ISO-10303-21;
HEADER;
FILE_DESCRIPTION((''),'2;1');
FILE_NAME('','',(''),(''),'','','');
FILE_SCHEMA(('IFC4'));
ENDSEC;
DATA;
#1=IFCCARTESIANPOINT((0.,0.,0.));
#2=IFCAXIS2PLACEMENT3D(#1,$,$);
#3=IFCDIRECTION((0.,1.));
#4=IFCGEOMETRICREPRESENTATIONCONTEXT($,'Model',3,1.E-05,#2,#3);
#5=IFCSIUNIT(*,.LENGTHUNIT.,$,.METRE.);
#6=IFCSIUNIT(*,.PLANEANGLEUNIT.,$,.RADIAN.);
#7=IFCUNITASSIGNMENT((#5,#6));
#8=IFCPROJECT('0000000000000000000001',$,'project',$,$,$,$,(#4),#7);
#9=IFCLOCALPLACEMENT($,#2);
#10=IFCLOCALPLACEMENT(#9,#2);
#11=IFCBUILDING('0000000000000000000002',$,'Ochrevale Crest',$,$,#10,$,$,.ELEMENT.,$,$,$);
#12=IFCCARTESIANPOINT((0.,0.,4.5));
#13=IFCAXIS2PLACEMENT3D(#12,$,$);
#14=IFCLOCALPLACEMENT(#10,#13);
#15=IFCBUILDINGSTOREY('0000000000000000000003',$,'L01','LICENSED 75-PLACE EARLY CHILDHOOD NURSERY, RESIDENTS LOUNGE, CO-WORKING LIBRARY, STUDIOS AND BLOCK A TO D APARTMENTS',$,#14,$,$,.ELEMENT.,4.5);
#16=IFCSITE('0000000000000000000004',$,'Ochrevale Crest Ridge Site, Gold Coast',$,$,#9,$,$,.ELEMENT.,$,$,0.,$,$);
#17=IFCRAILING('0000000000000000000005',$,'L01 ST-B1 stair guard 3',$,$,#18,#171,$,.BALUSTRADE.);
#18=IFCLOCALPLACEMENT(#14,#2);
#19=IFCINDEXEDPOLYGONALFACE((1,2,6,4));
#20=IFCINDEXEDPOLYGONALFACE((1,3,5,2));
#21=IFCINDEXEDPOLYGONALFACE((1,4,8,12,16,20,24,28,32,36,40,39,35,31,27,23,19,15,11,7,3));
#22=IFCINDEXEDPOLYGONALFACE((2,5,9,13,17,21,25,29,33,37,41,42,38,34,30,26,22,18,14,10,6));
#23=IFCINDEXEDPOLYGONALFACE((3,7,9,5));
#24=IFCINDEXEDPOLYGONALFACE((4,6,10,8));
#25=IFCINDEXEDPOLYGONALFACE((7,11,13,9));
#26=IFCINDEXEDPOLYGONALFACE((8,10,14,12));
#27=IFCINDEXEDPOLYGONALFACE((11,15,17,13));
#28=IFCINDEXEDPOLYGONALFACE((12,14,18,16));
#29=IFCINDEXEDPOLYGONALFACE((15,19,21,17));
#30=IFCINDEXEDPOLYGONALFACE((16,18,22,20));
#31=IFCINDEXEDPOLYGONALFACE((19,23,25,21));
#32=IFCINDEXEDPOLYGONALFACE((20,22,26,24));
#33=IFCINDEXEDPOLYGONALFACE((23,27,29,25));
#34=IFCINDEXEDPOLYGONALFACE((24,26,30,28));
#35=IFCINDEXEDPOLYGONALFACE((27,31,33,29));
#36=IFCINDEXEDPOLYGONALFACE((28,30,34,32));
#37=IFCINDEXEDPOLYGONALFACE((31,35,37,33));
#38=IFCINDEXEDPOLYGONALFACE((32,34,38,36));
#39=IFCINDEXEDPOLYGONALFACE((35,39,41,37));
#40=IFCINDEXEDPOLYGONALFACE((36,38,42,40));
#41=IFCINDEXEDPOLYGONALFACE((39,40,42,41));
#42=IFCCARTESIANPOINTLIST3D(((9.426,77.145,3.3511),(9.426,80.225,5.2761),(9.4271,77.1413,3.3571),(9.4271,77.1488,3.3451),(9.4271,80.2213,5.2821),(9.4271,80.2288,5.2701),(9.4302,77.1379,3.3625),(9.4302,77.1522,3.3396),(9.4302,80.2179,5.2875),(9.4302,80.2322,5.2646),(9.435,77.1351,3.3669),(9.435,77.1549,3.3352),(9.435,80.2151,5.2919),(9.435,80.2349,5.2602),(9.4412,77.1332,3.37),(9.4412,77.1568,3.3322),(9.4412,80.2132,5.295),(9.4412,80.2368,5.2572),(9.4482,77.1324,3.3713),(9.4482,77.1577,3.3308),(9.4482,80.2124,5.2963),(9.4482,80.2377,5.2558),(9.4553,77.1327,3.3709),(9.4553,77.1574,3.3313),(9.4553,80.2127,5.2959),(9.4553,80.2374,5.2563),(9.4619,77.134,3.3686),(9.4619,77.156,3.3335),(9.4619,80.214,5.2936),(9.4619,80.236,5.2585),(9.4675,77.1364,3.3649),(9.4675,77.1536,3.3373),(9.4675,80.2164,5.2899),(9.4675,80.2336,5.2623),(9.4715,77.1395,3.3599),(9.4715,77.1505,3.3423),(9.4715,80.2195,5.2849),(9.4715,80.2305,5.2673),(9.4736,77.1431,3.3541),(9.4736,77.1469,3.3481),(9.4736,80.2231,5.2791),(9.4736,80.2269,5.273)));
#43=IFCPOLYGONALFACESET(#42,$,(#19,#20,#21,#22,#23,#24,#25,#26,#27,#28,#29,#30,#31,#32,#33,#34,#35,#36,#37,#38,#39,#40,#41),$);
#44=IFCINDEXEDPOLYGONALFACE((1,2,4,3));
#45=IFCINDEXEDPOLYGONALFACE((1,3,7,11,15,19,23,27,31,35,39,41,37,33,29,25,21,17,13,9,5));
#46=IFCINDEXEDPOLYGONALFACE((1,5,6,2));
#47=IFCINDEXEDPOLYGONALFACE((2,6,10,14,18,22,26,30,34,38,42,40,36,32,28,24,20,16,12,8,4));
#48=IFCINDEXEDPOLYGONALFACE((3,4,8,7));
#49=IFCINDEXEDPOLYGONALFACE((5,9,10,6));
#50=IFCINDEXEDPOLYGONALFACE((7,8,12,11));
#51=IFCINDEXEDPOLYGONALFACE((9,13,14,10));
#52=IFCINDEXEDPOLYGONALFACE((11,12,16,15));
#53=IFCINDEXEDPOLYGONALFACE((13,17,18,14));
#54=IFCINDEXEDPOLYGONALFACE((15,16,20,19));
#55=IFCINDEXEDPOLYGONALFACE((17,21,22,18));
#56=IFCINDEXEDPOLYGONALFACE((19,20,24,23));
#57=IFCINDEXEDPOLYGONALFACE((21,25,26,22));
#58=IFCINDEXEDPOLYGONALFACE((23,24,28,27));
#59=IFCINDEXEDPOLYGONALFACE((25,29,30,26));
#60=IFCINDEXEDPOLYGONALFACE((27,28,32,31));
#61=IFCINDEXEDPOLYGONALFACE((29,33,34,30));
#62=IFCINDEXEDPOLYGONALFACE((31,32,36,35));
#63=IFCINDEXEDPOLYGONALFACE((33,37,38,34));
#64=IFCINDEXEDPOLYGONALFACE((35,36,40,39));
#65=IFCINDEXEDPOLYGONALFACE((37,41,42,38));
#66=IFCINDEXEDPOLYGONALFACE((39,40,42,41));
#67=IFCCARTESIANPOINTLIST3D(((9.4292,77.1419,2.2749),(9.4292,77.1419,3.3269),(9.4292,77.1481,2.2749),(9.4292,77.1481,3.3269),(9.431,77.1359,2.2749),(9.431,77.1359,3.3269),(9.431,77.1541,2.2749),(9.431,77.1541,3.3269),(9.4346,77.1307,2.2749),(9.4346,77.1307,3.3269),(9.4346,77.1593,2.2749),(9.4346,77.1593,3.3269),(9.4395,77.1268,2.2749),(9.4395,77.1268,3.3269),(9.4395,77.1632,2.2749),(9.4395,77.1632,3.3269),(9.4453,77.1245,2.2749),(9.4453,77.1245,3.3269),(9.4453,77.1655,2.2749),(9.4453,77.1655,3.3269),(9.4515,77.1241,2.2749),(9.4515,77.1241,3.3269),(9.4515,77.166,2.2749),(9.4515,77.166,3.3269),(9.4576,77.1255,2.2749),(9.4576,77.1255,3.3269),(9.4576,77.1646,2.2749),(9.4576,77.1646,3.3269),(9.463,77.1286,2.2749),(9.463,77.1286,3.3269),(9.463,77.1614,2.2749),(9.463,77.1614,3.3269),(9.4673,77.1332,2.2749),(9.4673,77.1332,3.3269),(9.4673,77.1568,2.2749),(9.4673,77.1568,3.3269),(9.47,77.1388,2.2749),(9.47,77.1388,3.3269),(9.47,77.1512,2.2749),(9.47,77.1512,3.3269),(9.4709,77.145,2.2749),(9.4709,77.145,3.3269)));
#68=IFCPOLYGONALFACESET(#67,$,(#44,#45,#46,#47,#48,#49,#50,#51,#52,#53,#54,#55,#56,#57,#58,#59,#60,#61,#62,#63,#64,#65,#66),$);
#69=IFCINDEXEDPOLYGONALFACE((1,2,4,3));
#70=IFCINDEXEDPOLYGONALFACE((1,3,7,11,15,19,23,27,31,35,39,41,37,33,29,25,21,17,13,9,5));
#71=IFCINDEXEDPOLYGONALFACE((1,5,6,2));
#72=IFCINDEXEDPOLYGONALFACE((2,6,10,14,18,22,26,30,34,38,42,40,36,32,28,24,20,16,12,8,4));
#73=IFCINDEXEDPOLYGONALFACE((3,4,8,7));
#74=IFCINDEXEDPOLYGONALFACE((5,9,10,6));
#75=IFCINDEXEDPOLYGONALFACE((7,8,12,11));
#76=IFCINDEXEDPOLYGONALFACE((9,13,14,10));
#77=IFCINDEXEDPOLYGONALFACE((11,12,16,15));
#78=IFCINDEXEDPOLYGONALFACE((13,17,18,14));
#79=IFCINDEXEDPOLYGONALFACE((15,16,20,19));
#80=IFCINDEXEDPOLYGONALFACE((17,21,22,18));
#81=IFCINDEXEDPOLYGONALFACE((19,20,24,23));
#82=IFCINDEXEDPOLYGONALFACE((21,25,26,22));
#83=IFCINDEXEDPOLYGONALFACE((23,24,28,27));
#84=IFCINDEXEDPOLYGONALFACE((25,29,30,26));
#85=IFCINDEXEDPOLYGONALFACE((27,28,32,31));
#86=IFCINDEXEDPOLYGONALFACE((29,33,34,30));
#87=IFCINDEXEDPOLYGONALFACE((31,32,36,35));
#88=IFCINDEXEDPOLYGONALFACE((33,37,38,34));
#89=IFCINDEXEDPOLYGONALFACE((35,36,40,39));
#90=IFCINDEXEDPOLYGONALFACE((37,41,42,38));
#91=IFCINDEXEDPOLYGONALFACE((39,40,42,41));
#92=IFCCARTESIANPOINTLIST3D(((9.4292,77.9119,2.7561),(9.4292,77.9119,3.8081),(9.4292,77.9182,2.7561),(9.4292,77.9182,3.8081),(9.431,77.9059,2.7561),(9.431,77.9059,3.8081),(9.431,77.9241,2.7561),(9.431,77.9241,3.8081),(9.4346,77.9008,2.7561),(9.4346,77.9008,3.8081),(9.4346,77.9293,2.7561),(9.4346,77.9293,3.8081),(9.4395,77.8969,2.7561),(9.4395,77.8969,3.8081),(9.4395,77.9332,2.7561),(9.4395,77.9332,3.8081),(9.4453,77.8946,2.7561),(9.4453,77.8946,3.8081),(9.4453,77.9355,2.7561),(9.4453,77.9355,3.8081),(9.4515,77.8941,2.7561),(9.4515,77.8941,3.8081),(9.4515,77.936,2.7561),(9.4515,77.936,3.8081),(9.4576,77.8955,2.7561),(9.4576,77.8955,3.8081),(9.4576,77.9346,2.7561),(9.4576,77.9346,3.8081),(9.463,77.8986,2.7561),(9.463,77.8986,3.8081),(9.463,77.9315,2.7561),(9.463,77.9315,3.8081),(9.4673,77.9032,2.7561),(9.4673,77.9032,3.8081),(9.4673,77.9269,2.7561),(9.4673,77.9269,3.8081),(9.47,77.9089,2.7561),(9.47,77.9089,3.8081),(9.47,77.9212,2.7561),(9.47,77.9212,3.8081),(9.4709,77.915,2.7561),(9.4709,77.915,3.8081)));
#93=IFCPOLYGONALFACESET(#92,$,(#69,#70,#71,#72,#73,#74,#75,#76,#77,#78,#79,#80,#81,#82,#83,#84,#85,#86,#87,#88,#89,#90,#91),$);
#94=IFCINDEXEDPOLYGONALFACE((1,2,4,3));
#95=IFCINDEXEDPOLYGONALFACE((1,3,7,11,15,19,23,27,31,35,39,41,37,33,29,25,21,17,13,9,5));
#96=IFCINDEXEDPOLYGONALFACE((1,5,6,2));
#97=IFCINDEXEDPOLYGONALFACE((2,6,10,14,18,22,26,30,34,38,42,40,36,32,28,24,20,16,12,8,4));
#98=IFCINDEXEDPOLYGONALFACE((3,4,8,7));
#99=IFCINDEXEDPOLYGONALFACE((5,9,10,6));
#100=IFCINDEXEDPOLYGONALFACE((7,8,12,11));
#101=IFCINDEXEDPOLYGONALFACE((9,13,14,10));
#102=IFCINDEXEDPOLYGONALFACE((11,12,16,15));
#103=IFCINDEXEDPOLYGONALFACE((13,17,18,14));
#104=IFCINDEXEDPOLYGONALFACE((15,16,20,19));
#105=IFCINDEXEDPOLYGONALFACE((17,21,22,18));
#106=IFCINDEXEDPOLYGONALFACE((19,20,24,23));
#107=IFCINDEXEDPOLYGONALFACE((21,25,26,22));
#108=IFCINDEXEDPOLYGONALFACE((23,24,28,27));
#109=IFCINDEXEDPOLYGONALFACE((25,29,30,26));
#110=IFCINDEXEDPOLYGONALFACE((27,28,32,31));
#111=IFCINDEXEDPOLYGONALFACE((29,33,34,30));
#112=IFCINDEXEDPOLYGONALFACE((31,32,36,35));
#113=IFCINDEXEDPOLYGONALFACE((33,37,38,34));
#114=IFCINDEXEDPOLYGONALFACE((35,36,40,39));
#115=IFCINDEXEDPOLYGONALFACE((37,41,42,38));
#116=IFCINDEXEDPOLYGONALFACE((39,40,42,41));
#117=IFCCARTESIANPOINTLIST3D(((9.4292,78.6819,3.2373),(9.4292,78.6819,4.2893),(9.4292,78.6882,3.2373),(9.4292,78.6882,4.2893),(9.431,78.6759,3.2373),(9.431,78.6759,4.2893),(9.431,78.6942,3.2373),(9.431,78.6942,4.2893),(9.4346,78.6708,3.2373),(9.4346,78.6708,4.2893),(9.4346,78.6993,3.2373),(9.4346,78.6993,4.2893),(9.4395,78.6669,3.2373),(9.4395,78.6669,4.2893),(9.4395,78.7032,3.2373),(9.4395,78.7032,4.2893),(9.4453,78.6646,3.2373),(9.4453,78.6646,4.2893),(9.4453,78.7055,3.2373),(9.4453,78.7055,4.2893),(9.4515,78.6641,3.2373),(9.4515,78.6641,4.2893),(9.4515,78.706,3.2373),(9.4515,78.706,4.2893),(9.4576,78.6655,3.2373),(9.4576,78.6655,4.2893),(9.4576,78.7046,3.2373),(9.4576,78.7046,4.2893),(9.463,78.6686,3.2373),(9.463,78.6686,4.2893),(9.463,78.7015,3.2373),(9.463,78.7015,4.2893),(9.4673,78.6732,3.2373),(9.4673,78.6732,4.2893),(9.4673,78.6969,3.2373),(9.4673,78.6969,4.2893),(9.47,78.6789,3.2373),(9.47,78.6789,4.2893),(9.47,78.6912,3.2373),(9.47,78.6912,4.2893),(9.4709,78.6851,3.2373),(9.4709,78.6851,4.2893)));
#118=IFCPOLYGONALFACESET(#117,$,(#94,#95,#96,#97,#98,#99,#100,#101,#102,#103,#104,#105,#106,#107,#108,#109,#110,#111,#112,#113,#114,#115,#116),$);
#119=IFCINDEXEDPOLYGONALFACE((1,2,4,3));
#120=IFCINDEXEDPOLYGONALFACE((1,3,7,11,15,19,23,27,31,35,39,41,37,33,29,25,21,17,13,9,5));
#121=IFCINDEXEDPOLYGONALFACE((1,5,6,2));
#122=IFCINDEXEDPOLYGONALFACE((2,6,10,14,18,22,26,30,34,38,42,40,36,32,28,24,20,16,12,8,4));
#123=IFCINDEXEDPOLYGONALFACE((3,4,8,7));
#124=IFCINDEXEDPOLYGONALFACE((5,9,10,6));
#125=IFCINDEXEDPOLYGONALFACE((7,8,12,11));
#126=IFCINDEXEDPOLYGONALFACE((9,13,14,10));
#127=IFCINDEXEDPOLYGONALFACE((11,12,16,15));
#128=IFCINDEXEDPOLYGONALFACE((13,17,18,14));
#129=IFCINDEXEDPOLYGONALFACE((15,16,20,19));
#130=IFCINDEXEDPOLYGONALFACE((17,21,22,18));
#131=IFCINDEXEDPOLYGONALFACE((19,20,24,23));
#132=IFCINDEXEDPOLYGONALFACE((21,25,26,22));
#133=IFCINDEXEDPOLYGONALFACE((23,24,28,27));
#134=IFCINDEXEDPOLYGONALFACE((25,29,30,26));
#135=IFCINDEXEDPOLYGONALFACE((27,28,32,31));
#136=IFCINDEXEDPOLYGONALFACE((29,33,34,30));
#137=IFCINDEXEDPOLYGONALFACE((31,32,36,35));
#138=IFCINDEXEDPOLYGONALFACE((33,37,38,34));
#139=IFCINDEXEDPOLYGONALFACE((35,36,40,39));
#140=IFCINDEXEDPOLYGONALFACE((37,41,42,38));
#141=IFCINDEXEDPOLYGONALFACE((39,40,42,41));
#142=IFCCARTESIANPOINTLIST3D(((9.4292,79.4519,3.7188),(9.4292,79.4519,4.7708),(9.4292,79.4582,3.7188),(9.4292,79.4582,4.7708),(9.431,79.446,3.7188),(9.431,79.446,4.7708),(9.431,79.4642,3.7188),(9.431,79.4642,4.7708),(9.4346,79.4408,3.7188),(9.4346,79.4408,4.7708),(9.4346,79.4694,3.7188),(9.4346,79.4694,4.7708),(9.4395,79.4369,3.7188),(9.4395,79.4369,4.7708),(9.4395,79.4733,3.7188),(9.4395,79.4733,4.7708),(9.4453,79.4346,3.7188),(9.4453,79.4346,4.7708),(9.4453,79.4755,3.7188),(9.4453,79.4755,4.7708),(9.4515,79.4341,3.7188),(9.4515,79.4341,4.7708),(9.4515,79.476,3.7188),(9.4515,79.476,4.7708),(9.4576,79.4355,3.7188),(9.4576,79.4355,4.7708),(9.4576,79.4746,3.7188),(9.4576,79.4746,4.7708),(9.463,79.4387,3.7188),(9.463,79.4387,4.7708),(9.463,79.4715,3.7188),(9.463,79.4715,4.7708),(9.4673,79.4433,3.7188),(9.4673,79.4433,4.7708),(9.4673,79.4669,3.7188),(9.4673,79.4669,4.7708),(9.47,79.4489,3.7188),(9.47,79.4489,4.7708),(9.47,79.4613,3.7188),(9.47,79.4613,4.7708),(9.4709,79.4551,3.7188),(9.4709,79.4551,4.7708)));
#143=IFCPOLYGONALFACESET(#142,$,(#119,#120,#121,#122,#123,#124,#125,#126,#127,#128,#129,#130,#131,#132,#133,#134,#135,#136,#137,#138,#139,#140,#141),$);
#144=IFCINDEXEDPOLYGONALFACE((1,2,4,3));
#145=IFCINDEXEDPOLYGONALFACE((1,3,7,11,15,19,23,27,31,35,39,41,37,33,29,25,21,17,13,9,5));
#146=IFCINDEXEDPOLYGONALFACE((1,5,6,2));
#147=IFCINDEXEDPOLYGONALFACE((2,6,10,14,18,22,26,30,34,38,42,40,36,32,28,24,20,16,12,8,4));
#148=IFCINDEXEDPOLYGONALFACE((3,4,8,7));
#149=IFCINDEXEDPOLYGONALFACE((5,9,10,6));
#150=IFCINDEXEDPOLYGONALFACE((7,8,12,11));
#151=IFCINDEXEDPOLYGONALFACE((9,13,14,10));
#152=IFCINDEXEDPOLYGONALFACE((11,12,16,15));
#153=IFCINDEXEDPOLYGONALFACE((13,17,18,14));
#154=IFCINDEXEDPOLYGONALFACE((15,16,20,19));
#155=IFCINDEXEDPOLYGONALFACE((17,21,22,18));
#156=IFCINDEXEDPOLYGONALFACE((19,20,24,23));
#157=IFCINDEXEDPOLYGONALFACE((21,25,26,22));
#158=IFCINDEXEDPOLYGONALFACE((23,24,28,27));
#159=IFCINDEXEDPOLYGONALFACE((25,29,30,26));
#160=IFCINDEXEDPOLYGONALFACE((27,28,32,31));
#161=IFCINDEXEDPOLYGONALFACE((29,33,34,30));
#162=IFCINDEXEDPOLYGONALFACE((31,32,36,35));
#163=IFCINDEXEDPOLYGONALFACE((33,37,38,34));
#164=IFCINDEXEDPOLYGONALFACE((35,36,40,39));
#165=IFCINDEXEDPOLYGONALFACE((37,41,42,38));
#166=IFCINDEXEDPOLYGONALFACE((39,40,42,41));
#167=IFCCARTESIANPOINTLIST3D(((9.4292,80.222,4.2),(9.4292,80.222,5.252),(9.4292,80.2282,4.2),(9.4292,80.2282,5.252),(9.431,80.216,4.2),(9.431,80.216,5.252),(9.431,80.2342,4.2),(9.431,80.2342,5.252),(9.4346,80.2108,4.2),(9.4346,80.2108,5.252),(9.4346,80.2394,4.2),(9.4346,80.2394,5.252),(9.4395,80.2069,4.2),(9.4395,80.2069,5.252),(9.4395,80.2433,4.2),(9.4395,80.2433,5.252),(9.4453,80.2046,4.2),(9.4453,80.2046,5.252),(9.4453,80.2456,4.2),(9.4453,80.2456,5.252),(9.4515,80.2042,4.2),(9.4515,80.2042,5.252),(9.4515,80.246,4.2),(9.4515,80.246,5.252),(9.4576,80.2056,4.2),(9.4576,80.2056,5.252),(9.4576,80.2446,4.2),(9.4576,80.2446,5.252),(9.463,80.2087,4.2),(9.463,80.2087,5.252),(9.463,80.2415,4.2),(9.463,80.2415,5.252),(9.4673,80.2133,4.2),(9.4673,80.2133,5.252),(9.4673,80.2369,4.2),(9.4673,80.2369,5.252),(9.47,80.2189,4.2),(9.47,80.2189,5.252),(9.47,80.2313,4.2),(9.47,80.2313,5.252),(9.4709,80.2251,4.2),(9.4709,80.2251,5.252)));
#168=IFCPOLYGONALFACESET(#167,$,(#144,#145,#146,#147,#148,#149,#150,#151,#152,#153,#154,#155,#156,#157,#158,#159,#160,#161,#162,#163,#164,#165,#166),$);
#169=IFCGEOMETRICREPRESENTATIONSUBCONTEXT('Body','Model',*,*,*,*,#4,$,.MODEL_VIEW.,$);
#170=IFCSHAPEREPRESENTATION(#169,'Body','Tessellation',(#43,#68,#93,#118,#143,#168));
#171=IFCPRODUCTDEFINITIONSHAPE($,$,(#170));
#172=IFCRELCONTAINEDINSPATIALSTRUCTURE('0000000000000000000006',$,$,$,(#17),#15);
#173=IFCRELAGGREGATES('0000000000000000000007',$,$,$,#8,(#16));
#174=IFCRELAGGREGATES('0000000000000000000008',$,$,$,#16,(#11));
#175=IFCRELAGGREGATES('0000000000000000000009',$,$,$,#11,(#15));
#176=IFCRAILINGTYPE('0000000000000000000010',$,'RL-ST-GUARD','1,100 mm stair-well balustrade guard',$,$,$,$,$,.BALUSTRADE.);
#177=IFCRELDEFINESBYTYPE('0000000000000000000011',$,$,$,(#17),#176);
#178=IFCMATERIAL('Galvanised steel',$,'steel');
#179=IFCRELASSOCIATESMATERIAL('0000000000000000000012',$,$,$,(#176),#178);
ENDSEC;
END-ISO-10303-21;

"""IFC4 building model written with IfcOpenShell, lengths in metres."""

from ifc_helpers import new_model, si_unit, direction, frame, origin, origin_2d, place, context, subcontext, project, spatial, circle, extrude, material, type_object, element, save


model = new_model("IFC4")

# Units and contexts
model_context = context("Model", 3, precision=1e-05, world=origin(), true_north=direction((0.0, 1.0)))
body_context = subcontext(model_context, "Body", "Model", "MODEL_VIEW")
ifc_project = project(units=[si_unit("LENGTHUNIT", "METRE"), si_unit("PLANEANGLEUNIT", "RADIAN")], contexts=[model_context])

# Site, building, storey
site_placement = place(None, origin())
site = spatial("IfcSite", under=ifc_project, at=site_placement, Name="Ochrevale Crest Ridge Site, Gold Coast", CompositionType="ELEMENT", RefElevation=0.0)
building_placement = place(site_placement, origin())
building = spatial("IfcBuilding", under=site, at=building_placement, Name="Ochrevale Crest", CompositionType="ELEMENT")
storey_placement = place(building_placement, frame((0.0, 0.0, 4.5)))
storey = spatial("IfcBuildingStorey", under=building, at=storey_placement, Name="L01", Description="LICENSED 75-PLACE EARLY CHILDHOOD NURSERY, RESIDENTS LOUNGE, CO-WORKING LIBRARY, STUDIOS AND BLOCK A TO D APARTMENTS", CompositionType="ELEMENT", Elevation=4.5)

# Railing
ifc_material_1 = material(Name="Galvanised steel", Category="steel")
railing_type_1 = type_object("IfcRailingType", Name="RL-ST-GUARD", Description="1,100 mm stair-well balustrade guard", PredefinedType="BALUSTRADE", material=ifc_material_1)
railing_1_placement = place(storey_placement, frame((9.45, 77.145, 2.2749)))
element("IfcRailing", 1, at=railing_1_placement, inside=storey, type_object=railing_type_1, Name="L01 ST-B1 stair guard 3", PredefinedType="BALUSTRADE", context=body_context, shape_type="SweptSolid", body=[
    extrude(circle(Radius=0.0239, at=origin_2d()), frame((0.0, 0.0, 1.0762), z_axis=(0.0, 0.847998, 0.529999), x_axis=(-1.0, 0.0, 0.0)), (0.0, 0.0, 1.0), 3.6321),
    extrude(circle(Radius=0.021, at=origin_2d()), origin(), (0.0, 0.0, 1.0), 1.052),
    extrude(circle(Radius=0.021, at=origin_2d()), frame((0.0, 0.77, 0.4812)), (0.0, 0.0, 1.0), 1.052),
    extrude(circle(Radius=0.021, at=origin_2d()), frame((0.0, 1.54, 0.9624)), (0.0, 0.0, 1.0), 1.052),
    extrude(circle(Radius=0.021, at=origin_2d()), frame((0.0, 2.3101, 1.4438)), (0.0, 0.0, 1.0), 1.052),
    extrude(circle(Radius=0.021, at=origin_2d()), frame((0.0, 3.0801, 1.925)), (0.0, 0.0, 1.0), 1.052),
])

save(model, "model.ifc")
